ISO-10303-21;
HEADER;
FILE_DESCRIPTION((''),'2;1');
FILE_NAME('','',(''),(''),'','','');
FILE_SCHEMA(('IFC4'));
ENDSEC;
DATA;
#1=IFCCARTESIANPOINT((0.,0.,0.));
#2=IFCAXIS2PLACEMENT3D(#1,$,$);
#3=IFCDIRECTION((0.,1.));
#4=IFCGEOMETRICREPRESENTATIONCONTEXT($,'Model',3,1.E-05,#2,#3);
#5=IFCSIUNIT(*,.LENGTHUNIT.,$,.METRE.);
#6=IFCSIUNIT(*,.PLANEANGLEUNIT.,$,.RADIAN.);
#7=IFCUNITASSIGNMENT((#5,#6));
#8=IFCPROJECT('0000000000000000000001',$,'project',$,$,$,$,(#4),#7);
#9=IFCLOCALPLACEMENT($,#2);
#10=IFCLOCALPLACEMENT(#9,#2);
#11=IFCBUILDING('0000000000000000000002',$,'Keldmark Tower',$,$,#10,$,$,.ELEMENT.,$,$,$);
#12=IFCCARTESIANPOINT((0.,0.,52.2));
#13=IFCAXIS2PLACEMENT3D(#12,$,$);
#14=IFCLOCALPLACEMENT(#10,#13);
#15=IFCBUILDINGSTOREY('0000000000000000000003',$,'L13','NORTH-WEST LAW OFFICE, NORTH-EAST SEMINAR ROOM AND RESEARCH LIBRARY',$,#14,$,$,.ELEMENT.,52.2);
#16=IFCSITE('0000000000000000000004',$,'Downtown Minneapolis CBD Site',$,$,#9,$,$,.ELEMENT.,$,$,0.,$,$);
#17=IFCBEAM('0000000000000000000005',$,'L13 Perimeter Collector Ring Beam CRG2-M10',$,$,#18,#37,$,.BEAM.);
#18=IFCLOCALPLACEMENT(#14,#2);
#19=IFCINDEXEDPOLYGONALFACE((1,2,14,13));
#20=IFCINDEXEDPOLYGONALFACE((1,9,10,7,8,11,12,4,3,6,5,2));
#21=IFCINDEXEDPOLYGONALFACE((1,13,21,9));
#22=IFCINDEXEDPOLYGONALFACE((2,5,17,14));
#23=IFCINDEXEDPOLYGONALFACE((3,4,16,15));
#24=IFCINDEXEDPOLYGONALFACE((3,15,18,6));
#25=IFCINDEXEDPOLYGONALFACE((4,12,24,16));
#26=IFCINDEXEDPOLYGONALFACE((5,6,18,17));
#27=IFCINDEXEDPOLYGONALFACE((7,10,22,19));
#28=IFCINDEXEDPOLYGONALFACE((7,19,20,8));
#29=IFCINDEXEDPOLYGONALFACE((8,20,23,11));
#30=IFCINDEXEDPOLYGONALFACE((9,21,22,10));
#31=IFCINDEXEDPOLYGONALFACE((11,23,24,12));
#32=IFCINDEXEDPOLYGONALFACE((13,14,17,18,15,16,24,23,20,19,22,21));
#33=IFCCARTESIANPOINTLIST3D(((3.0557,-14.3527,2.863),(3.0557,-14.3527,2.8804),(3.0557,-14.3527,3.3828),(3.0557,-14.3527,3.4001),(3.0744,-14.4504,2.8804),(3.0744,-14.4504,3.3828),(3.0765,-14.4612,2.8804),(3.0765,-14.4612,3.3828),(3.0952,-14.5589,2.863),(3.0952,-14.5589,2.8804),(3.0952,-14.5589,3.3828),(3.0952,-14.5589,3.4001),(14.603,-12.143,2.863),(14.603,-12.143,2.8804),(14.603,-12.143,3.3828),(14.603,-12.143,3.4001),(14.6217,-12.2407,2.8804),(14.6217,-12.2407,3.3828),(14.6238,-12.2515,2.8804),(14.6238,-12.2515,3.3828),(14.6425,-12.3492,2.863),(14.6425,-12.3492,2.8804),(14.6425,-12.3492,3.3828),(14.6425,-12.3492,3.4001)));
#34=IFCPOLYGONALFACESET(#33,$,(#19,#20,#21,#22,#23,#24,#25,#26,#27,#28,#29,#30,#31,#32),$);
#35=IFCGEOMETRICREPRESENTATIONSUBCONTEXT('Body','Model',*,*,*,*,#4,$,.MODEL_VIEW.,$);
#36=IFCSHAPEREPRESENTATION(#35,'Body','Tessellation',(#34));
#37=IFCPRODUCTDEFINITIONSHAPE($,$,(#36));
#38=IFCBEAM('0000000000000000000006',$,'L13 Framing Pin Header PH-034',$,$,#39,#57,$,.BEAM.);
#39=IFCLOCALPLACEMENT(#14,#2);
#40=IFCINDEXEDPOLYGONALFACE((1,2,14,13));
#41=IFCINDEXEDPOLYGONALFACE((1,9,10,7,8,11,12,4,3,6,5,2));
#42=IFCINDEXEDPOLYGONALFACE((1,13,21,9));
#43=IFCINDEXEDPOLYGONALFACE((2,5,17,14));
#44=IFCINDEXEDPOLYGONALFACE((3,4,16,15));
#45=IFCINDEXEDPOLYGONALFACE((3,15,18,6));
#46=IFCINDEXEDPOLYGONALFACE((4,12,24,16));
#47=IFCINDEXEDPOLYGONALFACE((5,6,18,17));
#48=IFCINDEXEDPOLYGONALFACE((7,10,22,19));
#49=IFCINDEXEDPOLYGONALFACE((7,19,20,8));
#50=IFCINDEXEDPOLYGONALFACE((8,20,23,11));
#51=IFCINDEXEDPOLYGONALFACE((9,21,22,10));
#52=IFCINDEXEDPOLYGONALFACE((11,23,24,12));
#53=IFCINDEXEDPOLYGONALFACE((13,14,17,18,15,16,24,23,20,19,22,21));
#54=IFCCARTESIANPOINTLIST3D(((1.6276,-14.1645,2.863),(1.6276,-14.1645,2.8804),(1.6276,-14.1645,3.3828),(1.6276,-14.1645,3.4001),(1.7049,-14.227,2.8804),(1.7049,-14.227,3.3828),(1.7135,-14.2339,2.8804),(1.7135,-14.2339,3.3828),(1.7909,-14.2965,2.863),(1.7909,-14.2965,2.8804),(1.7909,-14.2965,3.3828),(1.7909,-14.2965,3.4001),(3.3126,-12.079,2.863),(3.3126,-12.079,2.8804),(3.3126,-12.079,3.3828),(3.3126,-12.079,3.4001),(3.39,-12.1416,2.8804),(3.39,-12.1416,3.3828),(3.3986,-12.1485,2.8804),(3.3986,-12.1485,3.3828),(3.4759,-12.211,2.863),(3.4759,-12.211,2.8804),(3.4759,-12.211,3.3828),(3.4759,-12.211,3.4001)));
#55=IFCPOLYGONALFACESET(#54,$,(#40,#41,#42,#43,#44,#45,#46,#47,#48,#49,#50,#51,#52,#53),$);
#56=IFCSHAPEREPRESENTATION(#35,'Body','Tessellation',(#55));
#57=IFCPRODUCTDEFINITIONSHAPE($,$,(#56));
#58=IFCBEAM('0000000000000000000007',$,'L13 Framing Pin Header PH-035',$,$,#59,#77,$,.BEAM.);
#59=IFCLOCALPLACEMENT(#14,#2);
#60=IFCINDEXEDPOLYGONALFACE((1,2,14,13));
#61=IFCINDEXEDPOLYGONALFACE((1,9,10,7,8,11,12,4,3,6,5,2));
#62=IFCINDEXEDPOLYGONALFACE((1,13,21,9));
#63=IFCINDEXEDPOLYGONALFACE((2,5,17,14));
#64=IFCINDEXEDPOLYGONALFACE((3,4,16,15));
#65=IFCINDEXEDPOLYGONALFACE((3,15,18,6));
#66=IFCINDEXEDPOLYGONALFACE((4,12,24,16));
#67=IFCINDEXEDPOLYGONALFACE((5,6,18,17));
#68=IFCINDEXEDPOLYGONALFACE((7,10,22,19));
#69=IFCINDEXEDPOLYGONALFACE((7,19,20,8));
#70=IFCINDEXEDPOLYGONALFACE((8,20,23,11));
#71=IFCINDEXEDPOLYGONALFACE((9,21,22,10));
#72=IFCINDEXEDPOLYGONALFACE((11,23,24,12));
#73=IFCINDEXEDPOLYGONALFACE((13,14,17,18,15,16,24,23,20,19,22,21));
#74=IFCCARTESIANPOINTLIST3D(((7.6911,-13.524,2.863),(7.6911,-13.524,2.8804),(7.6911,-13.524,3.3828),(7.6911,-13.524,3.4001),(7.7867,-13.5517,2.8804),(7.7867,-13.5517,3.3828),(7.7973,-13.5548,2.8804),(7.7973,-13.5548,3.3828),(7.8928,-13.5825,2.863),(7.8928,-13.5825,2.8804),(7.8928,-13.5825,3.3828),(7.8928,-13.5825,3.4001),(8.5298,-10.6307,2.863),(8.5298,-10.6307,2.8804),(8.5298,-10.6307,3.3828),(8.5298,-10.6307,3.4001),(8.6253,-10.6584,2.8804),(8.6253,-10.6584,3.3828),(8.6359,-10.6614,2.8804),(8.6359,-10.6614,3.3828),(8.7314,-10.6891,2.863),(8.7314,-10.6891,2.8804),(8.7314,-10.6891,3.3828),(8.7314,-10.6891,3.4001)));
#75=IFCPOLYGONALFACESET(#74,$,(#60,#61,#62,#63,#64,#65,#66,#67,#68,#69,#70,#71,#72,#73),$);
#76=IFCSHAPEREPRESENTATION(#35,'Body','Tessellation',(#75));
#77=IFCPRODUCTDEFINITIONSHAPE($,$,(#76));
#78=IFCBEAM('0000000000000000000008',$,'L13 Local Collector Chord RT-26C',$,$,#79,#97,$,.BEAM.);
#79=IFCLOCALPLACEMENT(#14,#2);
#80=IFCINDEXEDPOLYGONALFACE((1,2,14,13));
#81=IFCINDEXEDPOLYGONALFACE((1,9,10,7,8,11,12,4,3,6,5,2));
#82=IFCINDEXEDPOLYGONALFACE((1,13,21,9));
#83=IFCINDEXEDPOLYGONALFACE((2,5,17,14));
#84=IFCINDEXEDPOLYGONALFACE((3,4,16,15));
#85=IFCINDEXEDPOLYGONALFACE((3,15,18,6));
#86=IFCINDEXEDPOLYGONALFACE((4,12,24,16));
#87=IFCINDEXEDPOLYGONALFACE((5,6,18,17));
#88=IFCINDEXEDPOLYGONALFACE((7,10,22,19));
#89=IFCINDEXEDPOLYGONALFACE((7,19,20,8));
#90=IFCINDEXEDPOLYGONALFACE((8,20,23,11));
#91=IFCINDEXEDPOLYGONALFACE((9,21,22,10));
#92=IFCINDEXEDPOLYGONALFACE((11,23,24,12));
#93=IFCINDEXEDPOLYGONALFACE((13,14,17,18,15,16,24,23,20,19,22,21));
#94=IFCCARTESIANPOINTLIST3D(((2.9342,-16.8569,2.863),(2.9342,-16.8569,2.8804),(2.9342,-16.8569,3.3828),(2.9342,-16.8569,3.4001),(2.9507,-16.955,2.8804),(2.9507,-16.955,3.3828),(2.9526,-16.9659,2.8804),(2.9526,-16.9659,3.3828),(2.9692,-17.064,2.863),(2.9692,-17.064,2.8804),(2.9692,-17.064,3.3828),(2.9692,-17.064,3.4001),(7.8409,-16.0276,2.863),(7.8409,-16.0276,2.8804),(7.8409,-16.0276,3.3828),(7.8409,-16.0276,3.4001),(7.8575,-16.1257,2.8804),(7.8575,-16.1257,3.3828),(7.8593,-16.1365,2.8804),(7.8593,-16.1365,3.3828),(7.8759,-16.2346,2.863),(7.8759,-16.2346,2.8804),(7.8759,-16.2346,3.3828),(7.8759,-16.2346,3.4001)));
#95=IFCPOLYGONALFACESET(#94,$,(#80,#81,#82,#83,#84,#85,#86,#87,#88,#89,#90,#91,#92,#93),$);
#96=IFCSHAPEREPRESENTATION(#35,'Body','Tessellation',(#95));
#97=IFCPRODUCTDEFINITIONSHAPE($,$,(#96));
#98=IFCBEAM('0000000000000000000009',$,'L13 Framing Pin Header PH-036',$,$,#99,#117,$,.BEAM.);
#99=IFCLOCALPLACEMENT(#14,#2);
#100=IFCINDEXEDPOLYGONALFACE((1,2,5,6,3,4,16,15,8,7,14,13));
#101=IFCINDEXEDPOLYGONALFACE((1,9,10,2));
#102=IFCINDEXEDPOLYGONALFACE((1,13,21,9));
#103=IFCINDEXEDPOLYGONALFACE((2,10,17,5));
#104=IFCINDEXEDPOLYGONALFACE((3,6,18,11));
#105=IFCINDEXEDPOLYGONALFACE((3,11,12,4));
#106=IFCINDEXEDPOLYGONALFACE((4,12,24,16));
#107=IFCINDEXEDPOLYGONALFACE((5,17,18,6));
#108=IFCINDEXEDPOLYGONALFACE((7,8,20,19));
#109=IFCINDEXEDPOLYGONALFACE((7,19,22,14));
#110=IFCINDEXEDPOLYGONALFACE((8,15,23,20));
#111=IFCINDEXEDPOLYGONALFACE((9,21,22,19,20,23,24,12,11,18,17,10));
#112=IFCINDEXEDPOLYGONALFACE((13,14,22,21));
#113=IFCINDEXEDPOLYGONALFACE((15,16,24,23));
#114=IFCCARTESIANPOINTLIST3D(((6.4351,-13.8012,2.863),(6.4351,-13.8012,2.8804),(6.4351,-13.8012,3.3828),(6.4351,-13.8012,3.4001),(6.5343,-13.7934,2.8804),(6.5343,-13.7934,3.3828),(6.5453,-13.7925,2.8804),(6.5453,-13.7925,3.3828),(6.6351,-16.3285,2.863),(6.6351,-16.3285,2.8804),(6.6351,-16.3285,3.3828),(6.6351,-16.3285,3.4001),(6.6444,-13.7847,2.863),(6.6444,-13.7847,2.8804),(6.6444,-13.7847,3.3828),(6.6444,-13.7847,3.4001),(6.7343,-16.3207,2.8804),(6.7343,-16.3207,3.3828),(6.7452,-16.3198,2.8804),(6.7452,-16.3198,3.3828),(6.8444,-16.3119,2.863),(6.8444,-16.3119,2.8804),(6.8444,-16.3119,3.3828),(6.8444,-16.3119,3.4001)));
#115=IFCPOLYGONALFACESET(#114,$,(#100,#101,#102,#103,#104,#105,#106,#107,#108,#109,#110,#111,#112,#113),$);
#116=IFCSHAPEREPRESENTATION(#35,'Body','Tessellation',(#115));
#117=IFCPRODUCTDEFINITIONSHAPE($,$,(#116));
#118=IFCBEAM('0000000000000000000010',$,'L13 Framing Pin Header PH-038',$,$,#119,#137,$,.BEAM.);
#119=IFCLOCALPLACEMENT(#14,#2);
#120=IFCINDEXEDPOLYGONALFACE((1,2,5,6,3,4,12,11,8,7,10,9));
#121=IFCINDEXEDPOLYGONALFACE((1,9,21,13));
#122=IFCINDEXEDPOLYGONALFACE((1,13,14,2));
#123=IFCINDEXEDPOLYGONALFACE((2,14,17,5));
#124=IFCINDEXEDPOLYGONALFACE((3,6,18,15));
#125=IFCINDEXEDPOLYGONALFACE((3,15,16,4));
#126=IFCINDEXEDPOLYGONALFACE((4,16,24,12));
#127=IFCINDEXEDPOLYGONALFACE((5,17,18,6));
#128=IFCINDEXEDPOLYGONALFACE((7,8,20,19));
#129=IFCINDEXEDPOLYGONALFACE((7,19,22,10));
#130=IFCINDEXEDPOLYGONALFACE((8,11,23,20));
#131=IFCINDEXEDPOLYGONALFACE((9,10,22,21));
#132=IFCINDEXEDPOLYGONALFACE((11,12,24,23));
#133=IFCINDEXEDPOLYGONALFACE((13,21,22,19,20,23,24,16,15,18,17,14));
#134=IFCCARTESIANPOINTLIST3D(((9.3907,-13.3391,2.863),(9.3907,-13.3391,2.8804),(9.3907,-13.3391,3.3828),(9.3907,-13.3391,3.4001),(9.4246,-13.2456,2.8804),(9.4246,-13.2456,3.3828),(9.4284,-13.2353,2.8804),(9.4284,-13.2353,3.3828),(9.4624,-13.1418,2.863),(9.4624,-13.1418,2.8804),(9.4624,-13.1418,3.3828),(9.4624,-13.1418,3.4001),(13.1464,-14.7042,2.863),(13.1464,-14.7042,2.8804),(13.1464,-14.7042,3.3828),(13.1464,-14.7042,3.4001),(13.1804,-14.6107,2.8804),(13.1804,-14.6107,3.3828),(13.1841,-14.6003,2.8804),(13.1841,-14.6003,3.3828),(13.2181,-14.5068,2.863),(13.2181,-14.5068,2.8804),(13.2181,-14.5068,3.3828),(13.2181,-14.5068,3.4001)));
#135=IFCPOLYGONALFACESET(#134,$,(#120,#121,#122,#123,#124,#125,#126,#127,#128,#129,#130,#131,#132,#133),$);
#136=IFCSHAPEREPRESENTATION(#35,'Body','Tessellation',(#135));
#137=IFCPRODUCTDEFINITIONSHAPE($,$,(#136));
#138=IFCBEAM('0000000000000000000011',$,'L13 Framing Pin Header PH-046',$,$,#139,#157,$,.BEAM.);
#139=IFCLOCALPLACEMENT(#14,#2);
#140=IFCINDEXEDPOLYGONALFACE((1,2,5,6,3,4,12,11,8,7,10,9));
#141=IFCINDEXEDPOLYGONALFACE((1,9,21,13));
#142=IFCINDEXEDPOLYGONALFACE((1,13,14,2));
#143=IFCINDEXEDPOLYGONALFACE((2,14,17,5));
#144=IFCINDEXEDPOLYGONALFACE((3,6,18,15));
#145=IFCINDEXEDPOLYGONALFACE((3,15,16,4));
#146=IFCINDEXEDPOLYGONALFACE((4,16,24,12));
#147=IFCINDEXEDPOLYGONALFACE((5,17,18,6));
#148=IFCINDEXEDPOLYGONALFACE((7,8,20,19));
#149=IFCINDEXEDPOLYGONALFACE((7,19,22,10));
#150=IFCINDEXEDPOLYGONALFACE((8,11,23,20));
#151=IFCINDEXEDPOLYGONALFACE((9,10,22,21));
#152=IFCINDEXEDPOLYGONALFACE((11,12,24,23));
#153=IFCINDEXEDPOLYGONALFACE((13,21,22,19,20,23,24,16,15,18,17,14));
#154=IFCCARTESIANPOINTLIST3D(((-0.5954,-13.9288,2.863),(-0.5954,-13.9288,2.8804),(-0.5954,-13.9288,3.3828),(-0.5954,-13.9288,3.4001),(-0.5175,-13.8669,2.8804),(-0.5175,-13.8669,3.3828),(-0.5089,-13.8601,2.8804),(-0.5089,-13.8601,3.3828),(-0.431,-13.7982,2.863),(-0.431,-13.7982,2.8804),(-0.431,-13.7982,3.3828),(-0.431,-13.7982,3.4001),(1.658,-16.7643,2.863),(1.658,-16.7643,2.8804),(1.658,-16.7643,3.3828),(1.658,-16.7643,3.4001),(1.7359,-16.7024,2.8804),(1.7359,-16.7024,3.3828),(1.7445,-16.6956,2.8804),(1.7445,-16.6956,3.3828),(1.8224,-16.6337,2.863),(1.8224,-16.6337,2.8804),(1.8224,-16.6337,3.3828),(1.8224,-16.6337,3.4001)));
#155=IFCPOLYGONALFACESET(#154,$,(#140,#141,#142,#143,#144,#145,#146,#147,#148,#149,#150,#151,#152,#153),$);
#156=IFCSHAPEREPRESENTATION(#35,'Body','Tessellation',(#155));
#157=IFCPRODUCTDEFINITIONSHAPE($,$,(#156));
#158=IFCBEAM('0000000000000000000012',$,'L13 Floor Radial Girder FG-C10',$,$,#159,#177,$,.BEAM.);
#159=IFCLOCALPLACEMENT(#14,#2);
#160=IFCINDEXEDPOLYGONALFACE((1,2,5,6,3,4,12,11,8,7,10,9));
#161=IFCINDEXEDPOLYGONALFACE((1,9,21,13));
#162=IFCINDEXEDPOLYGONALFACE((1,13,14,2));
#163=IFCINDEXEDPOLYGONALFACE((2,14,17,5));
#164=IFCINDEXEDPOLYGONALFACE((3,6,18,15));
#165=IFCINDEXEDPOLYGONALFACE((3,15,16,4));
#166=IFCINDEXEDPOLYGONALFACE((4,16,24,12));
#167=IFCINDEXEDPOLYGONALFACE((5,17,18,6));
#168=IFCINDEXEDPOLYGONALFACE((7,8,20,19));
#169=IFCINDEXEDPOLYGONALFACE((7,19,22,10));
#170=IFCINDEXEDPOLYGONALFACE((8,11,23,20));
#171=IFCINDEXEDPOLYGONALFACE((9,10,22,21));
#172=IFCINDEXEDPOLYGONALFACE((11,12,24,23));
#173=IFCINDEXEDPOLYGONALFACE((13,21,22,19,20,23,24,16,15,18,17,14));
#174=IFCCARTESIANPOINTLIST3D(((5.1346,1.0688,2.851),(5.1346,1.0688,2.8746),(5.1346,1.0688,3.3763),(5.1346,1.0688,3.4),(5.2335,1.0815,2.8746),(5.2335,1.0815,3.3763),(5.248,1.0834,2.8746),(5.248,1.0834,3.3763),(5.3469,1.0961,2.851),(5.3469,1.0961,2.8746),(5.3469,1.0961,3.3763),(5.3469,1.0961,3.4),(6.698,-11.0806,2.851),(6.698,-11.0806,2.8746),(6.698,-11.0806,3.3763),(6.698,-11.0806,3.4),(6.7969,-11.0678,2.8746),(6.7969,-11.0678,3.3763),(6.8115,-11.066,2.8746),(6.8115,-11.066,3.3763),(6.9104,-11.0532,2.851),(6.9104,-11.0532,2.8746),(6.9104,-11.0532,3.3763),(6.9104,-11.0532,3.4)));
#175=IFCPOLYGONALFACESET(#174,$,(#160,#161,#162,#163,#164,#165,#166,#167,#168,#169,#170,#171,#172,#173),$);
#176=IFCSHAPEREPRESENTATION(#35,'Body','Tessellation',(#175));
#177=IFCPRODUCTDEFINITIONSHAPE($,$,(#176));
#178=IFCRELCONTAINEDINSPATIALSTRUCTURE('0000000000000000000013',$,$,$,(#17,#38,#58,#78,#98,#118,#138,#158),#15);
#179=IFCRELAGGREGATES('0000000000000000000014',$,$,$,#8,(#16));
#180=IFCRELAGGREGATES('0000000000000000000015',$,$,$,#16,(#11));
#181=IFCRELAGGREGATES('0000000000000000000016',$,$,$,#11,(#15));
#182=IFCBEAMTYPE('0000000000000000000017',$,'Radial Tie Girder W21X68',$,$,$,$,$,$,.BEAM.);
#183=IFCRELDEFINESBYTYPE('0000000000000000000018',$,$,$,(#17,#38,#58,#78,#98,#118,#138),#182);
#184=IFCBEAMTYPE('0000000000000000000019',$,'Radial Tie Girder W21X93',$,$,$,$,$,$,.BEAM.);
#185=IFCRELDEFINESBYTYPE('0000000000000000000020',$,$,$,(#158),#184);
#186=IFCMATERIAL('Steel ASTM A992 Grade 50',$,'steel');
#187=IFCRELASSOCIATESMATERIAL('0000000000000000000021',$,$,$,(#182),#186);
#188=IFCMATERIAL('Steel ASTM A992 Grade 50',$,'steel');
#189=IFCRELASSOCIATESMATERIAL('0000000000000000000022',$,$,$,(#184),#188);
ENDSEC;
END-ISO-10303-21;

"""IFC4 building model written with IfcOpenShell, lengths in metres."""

from ifc_helpers import new_model, si_unit, direction, frame, origin, origin_2d, place, context, subcontext, project, spatial, i_section, extrude, material, material_profile, profile_set, type_object, element, save


model = new_model("IFC4")

# Units and contexts
model_context = context("Model", 3, precision=1e-05, world=origin(), true_north=direction((0.0, 1.0)))
body_context = subcontext(model_context, "Body", "Model", "MODEL_VIEW")
ifc_project = project(units=[si_unit("LENGTHUNIT", "METRE"), si_unit("PLANEANGLEUNIT", "RADIAN")], contexts=[model_context])

# Site, building, storey
site_placement = place(None, origin())
site = spatial("IfcSite", under=ifc_project, at=site_placement, Name="Downtown Minneapolis CBD Site", CompositionType="ELEMENT", RefElevation=0.0)
building_placement = place(site_placement, origin())
building = spatial("IfcBuilding", under=site, at=building_placement, Name="Keldmark Tower", CompositionType="ELEMENT")
storey_placement = place(building_placement, frame((0.0, 0.0, 52.2)))
storey = spatial("IfcBuildingStorey", under=building, at=storey_placement, Name="L13", Description="NORTH-WEST LAW OFFICE, NORTH-EAST SEMINAR ROOM AND RESEARCH LIBRARY", CompositionType="ELEMENT", Elevation=52.2)

# Beams
ifc_material_1 = material(Name="Steel ASTM A992 Grade 50", Category="steel")
ifc_material_profile_1 = material_profile(ifc_material_1, i_section(OverallWidth=0.21, OverallDepth=0.5371, WebThickness=0.011, FlangeThickness=0.0173, at=origin_2d()), Name="W21X68")
ifc_profile_set_1 = profile_set([ifc_material_profile_1], Name="Steel ASTM A992 Grade 50")
beam_type_1 = type_object("IfcBeamType", Name="Radial Tie Girder W21X68", PredefinedType="BEAM", material=ifc_profile_set_1)
beam_1_placement = place(storey_placement, frame((3.0754, -14.4558, 3.1316), z_axis=(0.982178, 0.187951, 0.0), x_axis=(-0.187951, 0.982178, 0.0)))
element("IfcBeam", 1, at=beam_1_placement, inside=storey, type_object=beam_type_1, Name="L13 Perimeter Collector Ring Beam CRG2-M10", PredefinedType="BEAM", context=body_context, shape_type="SweptSolid", body=[
    extrude(i_section(OverallWidth=0.21, OverallDepth=0.5371, WebThickness=0.011, FlangeThickness=0.0173, at=origin_2d()), origin(), (0.0, 0.0, 1.0), 11.7568),
])
beam_2_placement = place(storey_placement, frame((3.3943, -12.145, 3.1316), z_axis=(-0.628485, -0.777821, 0.0), x_axis=(0.777821, -0.628485, 0.0)))
element("IfcBeam", 2, at=beam_2_placement, inside=storey, type_object=beam_type_1, Name="L13 Framing Pin Header PH-034", PredefinedType="BEAM", context=body_context, shape_type="SweptSolid", body=[
    extrude(i_section(OverallWidth=0.21, OverallDepth=0.5371, WebThickness=0.011, FlangeThickness=0.0173, at=origin_2d()), origin(), (0.0, 0.0, 1.0), 2.6812),
])
beam_3_placement = place(storey_placement, frame((8.6306, -10.6599, 3.1316), z_axis=(-0.278391, -0.960468, 0.0), x_axis=(0.960468, -0.278391, 0.0)))
element("IfcBeam", 3, at=beam_3_placement, inside=storey, type_object=beam_type_1, Name="L13 Framing Pin Header PH-035", PredefinedType="BEAM", context=body_context, shape_type="SweptSolid", body=[
    extrude(i_section(OverallWidth=0.21, OverallDepth=0.5371, WebThickness=0.011, FlangeThickness=0.0173, at=origin_2d()), origin(), (0.0, 0.0, 1.0), 3.0125),
])
beam_4_placement = place(storey_placement, frame((2.9517, -16.9604, 3.1316), z_axis=(0.986015, 0.166658, 0.0), x_axis=(-0.166658, 0.986015, 0.0)))
element("IfcBeam", 4, at=beam_4_placement, inside=storey, type_object=beam_type_1, Name="L13 Local Collector Chord RT-26C", PredefinedType="BEAM", context=body_context, shape_type="SweptSolid", body=[
    extrude(i_section(OverallWidth=0.21, OverallDepth=0.5371, WebThickness=0.011, FlangeThickness=0.0173, at=origin_2d()), origin(), (0.0, 0.0, 1.0), 4.9763),
])
beam_5_placement = place(storey_placement, frame((6.5398, -13.793, 3.1316), z_axis=(0.078869, -0.996885, 0.0), x_axis=(0.996885, 0.078869, 0.0)))
element("IfcBeam", 5, at=beam_5_placement, inside=storey, type_object=beam_type_1, Name="L13 Framing Pin Header PH-036", PredefinedType="BEAM", context=body_context, shape_type="SweptSolid", body=[
    extrude(i_section(OverallWidth=0.21, OverallDepth=0.5371, WebThickness=0.011, FlangeThickness=0.0173, at=origin_2d()), origin(), (0.0, 0.0, 1.0), 2.5352),
])
beam_6_placement = place(storey_placement, frame((9.4265, -13.2405, 3.1316), z_axis=(0.939849, -0.341591, 0.0), x_axis=(0.341591, 0.939849, 0.0)))
element("IfcBeam", 6, at=beam_6_placement, inside=storey, type_object=beam_type_1, Name="L13 Framing Pin Header PH-038", PredefinedType="BEAM", context=body_context, shape_type="SweptSolid", body=[
    extrude(i_section(OverallWidth=0.21, OverallDepth=0.5371, WebThickness=0.011, FlangeThickness=0.0173, at=origin_2d()), origin(), (0.0, 0.0, 1.0), 3.9961),
])
beam_7_placement = place(storey_placement, frame((-0.5132, -13.8635, 3.1316), z_axis=(0.622176, -0.782877, 0.0), x_axis=(0.782877, 0.622176, 0.0)))
element("IfcBeam", 7, at=beam_7_placement, inside=storey, type_object=beam_type_1, Name="L13 Framing Pin Header PH-046", PredefinedType="BEAM", context=body_context, shape_type="SweptSolid", body=[
    extrude(i_section(OverallWidth=0.21, OverallDepth=0.5371, WebThickness=0.011, FlangeThickness=0.0173, at=origin_2d()), origin(), (0.0, 0.0, 1.0), 3.6218),
])
ifc_material_2 = material(Name="Steel ASTM A992 Grade 50", Category="steel")
ifc_material_profile_2 = material_profile(ifc_material_2, i_section(OverallWidth=0.2141, OverallDepth=0.5491, WebThickness=0.0146, FlangeThickness=0.0237, at=origin_2d()), Name="W21X93")
ifc_profile_set_2 = profile_set([ifc_material_profile_2], Name="Steel ASTM A992 Grade 50")
beam_type_2 = type_object("IfcBeamType", Name="Radial Tie Girder W21X93", PredefinedType="BEAM", material=ifc_profile_set_2)
beam_8_placement = place(storey_placement, frame((6.8042, -11.0669, 3.1255), z_axis=(-0.127635, 0.991821, 0.0), x_axis=(-0.991821, -0.127635, 0.0)))
element("IfcBeam", 8, at=beam_8_placement, inside=storey, type_object=beam_type_2, Name="L13 Floor Radial Girder FG-C10", PredefinedType="BEAM", context=body_context, shape_type="SweptSolid", body=[
    extrude(i_section(OverallWidth=0.2141, OverallDepth=0.5491, WebThickness=0.0146, FlangeThickness=0.0237, at=origin_2d()), origin(), (0.0, 0.0, 1.0), 12.2495),
])

save(model, "model.ifc")
